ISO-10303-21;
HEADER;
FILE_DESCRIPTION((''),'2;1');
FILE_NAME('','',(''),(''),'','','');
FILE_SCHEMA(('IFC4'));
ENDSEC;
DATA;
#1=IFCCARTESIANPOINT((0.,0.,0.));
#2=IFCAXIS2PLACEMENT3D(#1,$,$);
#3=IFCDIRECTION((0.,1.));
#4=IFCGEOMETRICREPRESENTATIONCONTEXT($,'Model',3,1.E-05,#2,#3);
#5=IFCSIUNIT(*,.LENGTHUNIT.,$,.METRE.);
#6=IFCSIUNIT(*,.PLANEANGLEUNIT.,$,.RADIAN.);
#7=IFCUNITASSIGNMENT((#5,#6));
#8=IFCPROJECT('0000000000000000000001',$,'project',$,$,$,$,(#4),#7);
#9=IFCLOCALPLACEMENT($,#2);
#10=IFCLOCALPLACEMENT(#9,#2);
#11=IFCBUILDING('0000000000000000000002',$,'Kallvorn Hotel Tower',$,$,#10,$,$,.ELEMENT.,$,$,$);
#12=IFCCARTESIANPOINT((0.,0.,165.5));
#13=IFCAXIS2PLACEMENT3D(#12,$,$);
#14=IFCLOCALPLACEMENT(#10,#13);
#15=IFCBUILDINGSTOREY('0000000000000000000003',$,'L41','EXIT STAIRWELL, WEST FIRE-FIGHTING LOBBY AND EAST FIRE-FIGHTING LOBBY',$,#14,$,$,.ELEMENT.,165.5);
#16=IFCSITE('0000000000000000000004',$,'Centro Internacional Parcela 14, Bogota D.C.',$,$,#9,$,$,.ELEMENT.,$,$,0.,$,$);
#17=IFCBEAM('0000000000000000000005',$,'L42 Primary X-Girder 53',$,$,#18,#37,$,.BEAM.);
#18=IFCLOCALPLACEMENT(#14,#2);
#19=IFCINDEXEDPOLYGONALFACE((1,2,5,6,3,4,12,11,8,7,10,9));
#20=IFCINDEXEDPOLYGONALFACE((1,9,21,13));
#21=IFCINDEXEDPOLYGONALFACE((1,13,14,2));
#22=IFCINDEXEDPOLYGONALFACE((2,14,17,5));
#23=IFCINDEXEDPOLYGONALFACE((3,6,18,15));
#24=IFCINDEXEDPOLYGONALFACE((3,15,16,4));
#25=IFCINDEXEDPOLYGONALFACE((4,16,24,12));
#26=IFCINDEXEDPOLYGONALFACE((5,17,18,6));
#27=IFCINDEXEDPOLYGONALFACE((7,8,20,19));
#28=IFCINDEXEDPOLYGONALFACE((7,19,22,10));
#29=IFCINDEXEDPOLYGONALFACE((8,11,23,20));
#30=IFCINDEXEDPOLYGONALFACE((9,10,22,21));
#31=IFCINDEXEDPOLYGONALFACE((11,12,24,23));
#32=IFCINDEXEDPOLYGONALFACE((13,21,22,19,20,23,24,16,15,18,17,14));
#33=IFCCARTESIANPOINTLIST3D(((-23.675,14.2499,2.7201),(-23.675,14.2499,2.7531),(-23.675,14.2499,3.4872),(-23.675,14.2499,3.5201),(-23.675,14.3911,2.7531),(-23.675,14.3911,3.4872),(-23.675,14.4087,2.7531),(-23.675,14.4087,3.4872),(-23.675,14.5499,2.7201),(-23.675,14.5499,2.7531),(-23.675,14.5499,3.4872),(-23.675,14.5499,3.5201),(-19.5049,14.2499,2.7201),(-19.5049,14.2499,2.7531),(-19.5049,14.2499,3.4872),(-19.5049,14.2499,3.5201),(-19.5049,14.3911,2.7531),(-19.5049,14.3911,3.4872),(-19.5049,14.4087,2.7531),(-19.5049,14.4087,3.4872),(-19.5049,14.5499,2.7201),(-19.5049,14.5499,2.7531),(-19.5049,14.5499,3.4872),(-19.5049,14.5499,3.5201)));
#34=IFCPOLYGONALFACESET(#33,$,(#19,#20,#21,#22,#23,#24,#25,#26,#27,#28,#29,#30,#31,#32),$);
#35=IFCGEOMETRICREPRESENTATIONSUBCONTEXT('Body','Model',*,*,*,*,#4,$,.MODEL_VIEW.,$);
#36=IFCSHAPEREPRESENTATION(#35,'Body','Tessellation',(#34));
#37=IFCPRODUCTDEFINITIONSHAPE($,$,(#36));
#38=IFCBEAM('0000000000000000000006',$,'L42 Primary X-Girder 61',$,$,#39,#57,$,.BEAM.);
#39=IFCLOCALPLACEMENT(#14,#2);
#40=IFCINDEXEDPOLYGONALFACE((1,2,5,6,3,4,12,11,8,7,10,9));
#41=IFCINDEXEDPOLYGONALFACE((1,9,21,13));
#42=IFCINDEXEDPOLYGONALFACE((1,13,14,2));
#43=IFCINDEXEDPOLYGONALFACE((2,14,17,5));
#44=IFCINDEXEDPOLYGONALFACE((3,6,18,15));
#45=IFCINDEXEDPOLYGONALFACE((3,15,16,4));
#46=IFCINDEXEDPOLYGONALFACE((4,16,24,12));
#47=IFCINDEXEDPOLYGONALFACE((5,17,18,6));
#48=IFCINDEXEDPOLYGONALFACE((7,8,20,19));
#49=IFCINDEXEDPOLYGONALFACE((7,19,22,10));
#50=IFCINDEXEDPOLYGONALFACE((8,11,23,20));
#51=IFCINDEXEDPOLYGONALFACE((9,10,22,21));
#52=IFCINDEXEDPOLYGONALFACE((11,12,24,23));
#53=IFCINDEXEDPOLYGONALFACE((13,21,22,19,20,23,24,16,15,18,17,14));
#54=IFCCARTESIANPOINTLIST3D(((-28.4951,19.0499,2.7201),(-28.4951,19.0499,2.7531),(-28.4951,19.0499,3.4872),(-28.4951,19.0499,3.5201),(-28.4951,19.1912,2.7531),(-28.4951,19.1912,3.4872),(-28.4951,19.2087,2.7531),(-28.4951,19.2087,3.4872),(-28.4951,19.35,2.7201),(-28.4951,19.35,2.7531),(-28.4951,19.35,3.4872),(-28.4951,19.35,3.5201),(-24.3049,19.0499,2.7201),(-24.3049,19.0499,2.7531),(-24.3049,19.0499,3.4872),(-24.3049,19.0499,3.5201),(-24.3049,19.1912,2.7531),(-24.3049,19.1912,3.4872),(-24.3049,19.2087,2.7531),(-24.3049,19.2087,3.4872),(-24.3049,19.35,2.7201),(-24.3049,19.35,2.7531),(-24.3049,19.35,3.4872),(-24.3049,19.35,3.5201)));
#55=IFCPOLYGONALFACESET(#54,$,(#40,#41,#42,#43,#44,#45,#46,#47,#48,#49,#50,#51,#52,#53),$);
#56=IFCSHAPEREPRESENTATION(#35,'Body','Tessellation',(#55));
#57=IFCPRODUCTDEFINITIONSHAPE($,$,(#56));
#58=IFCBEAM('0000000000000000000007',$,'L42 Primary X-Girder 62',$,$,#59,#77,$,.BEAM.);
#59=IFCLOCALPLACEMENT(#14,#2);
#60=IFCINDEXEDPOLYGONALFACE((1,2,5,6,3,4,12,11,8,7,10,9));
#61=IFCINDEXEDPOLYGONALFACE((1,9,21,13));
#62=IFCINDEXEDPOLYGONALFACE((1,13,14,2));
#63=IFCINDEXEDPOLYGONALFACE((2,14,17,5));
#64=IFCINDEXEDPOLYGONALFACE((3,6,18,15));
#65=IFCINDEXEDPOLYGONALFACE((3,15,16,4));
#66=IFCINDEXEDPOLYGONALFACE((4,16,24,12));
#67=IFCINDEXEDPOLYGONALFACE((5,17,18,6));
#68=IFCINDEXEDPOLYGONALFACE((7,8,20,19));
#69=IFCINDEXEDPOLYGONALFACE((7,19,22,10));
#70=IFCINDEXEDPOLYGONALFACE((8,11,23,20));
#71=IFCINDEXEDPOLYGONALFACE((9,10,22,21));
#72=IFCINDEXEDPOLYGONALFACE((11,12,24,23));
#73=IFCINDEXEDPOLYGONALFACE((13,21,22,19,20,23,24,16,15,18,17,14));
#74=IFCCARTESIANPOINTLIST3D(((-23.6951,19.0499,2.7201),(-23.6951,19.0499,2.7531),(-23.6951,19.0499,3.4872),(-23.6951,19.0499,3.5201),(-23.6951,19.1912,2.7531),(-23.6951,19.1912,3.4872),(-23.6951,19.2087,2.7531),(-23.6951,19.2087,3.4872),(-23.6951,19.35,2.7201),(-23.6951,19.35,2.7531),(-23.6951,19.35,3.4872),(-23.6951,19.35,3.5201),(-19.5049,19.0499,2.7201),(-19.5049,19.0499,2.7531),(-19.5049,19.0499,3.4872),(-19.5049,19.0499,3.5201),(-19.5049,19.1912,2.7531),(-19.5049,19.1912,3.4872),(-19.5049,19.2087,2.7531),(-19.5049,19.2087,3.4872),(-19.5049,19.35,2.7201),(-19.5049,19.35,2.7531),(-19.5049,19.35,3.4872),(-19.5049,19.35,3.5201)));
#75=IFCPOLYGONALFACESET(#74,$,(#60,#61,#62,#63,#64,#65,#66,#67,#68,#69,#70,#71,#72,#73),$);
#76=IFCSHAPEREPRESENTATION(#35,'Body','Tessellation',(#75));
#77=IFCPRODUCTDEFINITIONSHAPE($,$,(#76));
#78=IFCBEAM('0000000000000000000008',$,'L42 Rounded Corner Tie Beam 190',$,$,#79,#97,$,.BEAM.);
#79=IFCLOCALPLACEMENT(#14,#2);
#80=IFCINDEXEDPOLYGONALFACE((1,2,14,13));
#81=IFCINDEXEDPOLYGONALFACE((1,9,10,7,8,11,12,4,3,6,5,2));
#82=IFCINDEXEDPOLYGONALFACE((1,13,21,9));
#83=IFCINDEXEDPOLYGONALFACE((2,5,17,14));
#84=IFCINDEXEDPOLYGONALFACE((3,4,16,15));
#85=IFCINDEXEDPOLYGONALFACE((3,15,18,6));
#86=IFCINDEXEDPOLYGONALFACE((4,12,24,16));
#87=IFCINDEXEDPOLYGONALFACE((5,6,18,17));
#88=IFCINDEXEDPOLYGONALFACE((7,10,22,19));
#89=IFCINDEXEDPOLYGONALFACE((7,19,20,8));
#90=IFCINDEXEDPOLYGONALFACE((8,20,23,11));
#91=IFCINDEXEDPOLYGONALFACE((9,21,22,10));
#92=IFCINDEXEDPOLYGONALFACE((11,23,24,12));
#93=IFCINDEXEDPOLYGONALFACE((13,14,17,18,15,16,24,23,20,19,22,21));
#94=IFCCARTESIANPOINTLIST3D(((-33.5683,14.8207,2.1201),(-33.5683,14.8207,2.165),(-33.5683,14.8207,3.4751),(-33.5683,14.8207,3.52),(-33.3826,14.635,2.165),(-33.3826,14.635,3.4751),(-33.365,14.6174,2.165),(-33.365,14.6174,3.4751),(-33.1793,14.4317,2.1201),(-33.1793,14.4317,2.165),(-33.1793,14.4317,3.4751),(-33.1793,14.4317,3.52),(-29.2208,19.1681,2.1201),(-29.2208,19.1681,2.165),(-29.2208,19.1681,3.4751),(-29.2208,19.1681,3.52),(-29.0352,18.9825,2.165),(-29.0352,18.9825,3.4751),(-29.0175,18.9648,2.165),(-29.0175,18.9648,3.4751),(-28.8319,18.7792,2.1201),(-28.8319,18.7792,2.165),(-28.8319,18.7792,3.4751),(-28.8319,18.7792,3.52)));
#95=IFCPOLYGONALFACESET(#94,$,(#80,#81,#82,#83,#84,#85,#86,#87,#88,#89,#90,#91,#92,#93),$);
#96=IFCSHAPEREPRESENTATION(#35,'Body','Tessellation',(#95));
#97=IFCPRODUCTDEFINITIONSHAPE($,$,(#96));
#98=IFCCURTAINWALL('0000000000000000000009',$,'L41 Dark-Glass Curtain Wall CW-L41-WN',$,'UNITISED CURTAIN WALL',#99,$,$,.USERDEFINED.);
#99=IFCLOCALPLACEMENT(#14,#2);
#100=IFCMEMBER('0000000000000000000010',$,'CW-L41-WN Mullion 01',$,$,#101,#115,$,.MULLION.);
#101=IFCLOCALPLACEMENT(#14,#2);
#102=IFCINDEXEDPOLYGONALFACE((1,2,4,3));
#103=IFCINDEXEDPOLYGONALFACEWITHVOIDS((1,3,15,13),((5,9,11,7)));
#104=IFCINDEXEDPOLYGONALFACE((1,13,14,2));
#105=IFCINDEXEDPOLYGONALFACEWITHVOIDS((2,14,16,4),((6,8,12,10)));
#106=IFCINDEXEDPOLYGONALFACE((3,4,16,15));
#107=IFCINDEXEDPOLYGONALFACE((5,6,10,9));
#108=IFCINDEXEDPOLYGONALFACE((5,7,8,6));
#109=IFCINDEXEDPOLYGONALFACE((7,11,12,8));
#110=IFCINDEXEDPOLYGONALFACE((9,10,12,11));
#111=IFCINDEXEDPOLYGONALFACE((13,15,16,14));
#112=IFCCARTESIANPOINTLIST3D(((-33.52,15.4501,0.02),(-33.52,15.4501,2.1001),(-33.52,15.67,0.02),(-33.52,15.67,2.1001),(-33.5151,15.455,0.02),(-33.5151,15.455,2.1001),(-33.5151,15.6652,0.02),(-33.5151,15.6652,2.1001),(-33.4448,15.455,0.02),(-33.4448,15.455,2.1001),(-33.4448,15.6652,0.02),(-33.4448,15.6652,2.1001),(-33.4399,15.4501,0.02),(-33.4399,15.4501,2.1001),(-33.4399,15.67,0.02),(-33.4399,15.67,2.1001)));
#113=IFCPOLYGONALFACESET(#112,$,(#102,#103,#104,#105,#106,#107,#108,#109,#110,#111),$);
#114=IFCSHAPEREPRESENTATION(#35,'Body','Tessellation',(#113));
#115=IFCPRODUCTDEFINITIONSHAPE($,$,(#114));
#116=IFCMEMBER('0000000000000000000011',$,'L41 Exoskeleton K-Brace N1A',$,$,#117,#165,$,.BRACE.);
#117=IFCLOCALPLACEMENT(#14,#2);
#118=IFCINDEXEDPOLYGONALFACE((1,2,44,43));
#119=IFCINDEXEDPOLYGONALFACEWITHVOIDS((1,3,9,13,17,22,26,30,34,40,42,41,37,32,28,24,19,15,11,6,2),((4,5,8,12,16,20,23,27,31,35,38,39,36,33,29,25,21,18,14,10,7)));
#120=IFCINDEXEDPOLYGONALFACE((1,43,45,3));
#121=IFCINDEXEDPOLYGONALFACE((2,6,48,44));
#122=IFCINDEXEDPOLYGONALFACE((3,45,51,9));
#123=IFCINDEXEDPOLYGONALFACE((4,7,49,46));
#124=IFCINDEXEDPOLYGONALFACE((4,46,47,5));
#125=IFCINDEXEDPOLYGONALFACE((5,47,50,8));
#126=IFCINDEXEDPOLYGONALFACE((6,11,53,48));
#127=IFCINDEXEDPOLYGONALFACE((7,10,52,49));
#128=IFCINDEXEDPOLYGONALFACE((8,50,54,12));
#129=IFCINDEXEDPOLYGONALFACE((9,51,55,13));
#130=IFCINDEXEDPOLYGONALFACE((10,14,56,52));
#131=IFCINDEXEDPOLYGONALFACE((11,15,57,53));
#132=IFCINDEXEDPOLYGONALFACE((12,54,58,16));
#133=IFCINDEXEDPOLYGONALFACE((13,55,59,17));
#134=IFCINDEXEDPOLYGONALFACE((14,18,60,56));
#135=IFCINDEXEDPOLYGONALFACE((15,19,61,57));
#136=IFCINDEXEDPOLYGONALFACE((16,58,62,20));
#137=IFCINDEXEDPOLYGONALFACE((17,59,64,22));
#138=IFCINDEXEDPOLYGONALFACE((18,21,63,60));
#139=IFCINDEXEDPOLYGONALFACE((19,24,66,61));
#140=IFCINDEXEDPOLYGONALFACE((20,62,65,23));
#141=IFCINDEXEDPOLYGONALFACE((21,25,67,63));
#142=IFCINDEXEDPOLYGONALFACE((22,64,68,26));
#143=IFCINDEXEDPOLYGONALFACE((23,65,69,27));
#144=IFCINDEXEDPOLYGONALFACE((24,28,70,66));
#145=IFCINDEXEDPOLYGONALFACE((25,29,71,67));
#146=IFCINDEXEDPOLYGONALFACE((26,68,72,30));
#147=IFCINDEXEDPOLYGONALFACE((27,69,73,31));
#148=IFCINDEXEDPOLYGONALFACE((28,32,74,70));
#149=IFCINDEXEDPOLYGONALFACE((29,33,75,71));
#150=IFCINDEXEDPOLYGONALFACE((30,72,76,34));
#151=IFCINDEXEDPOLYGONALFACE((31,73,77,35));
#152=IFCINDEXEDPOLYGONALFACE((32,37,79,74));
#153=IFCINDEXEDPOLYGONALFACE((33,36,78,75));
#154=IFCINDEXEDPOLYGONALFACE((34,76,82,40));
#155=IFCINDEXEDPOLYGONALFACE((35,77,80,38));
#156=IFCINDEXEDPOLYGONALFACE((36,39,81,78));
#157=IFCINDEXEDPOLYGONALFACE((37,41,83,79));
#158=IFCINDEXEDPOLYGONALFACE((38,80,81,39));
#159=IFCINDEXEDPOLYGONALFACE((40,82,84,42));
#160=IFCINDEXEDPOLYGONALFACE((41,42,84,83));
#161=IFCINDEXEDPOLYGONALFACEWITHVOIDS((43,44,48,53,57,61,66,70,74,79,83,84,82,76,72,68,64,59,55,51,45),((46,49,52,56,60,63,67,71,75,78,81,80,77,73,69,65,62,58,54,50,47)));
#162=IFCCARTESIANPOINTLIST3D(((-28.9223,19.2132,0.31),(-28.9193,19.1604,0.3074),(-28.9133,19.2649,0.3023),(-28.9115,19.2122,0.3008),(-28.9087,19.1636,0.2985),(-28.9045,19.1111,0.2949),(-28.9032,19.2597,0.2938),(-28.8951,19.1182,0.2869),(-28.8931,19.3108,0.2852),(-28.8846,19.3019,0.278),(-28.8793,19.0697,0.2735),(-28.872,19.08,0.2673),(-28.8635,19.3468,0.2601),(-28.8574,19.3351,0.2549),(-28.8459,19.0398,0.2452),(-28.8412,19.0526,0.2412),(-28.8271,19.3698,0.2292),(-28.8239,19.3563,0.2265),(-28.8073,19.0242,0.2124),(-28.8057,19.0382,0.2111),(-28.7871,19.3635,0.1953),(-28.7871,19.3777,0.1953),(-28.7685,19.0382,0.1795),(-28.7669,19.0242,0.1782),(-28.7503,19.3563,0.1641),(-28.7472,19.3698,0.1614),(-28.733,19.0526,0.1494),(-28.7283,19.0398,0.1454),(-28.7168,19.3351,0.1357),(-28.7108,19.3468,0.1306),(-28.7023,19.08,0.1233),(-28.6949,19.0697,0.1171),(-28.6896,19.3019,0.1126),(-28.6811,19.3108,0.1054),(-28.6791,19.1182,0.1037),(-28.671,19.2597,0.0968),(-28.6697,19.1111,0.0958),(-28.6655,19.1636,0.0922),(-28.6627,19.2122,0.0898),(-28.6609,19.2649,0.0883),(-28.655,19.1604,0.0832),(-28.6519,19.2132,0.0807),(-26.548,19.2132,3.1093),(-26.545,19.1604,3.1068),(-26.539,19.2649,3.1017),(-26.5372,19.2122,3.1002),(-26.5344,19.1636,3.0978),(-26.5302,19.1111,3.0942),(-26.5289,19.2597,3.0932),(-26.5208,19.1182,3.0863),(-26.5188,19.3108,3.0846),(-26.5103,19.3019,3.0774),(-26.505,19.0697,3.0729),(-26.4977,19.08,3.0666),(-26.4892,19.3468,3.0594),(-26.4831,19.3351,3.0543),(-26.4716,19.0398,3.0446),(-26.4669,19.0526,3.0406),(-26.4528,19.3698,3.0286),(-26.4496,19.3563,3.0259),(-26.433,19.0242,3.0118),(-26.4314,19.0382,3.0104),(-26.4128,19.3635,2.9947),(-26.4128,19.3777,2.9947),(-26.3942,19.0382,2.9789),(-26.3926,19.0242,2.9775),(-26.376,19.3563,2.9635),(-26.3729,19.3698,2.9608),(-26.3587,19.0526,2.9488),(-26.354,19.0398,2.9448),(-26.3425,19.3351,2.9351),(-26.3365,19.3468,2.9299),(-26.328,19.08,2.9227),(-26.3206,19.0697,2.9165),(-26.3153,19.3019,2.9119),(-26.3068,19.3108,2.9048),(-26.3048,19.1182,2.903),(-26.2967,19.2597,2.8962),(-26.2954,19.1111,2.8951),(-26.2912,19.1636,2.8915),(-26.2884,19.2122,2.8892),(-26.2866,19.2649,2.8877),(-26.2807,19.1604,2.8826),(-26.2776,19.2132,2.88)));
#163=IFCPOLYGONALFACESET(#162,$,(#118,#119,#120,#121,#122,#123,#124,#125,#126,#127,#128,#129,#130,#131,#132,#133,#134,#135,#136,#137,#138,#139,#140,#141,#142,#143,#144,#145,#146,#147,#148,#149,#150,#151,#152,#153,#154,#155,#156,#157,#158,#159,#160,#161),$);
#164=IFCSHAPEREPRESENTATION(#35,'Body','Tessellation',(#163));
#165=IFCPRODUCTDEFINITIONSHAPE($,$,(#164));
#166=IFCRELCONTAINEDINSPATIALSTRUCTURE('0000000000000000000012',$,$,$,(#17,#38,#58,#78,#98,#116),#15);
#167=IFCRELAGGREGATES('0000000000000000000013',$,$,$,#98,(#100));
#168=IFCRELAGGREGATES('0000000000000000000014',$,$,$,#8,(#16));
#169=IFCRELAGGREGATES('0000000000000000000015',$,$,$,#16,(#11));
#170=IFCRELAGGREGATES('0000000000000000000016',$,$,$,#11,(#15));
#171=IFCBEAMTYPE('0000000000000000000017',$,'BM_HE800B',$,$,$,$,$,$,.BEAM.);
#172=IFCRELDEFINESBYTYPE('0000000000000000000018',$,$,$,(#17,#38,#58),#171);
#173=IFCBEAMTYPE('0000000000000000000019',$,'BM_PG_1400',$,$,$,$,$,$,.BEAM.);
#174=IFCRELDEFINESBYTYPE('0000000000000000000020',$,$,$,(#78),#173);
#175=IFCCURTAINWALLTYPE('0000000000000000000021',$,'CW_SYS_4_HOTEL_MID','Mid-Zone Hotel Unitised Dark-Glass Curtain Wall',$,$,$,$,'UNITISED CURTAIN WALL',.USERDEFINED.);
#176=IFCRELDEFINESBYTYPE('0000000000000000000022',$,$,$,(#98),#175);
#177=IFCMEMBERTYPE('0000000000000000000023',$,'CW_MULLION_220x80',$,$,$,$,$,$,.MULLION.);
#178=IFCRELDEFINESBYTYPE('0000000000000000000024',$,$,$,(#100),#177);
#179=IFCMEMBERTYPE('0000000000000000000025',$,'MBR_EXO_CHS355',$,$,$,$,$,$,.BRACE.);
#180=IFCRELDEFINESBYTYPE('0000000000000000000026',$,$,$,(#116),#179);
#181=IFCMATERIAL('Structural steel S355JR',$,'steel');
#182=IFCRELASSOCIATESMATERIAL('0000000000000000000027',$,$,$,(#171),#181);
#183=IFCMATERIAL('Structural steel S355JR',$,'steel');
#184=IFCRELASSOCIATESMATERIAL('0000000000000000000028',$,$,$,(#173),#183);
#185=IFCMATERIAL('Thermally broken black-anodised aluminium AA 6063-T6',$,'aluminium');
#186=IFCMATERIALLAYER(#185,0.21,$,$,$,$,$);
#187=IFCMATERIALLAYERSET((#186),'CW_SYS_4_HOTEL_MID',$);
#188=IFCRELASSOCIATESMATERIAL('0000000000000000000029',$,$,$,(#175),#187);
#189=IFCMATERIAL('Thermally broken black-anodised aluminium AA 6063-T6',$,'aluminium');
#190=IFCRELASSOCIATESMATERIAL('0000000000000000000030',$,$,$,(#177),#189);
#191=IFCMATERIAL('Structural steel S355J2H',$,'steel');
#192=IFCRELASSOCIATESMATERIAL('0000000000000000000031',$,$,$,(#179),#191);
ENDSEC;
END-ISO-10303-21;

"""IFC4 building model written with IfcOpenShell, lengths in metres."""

from ifc_helpers import new_model, si_unit, direction, frame, origin, origin_2d, place, context, subcontext, project, spatial, hollow_rectangle, hollow_circle, i_section, extrude, material, layer, layer_set, material_profile, profile_set, type_object, element, aggregate, save


model = new_model("IFC4")

# Units and contexts
model_context = context("Model", 3, precision=1e-05, world=origin(), true_north=direction((0.0, 1.0)))
body_context = subcontext(model_context, "Body", "Model", "MODEL_VIEW")
ifc_project = project(units=[si_unit("LENGTHUNIT", "METRE"), si_unit("PLANEANGLEUNIT", "RADIAN")], contexts=[model_context])

# Site, building, storey
site_placement = place(None, origin())
site = spatial("IfcSite", under=ifc_project, at=site_placement, Name="Centro Internacional Parcela 14, Bogota D.C.", CompositionType="ELEMENT", RefElevation=0.0)
building_placement = place(site_placement, origin())
building = spatial("IfcBuilding", under=site, at=building_placement, Name="Kallvorn Hotel Tower", CompositionType="ELEMENT")
storey_placement = place(building_placement, frame((0.0, 0.0, 165.5)))
storey = spatial("IfcBuildingStorey", under=building, at=storey_placement, Name="L41", Description="EXIT STAIRWELL, WEST FIRE-FIGHTING LOBBY AND EAST FIRE-FIGHTING LOBBY", CompositionType="ELEMENT", Elevation=165.5)

# Beams
ifc_material_1 = material(Name="Structural steel S355JR", Category="steel")
ifc_material_profile_1 = material_profile(ifc_material_1, i_section(OverallWidth=0.3, OverallDepth=0.8, WebThickness=0.0176, FlangeThickness=0.033, at=origin_2d()), Name="HE 800 B")
ifc_profile_set_1 = profile_set([ifc_material_profile_1], Name="Structural steel S355JR")
beam_type_1 = type_object("IfcBeamType", Name="BM_HE800B", PredefinedType="BEAM", material=ifc_profile_set_1)
for number, where, z_axis, x_axis, name in (
    (1, (-23.675, 14.3999, 3.1201), (1.0, 0.0, 0.0), (0.0, 1.0, 0.0), "L42 Primary X-Girder 53"),
):
    element("IfcBeam", number, at=place(storey_placement, frame(where, z_axis=z_axis, x_axis=x_axis)), inside=storey, type_object=beam_type_1, Name=name, PredefinedType="BEAM", context=body_context, shape_type="SweptSolid", body=[
        extrude(i_section(OverallWidth=0.3, OverallDepth=0.8, WebThickness=0.0176, FlangeThickness=0.033, at=origin_2d()), origin(), (0.0, 0.0, 1.0), 4.1702),
    ])
for number, where, z_axis, x_axis, name in (
    (2, (-28.4951, 19.2, 3.1201), (1.0, 0.0, 0.0), (0.0, 1.0, 0.0), "L42 Primary X-Girder 61"),
    (3, (-23.6951, 19.2, 3.1201), (1.0, 0.0, 0.0), (0.0, 1.0, 0.0), "L42 Primary X-Girder 62"),
):
    element("IfcBeam", number, at=place(storey_placement, frame(where, z_axis=z_axis, x_axis=x_axis)), inside=storey, type_object=beam_type_1, Name=name, PredefinedType="BEAM", context=body_context, shape_type="SweptSolid", body=[
        extrude(i_section(OverallWidth=0.3, OverallDepth=0.8, WebThickness=0.0176, FlangeThickness=0.033, at=origin_2d()), origin(), (0.0, 0.0, 1.0), 4.1902),
    ])
ifc_material_2 = material(Name="Structural steel S355JR", Category="steel")
ifc_material_profile_2 = material_profile(ifc_material_2, i_section(OverallWidth=0.55, OverallDepth=1.3999, WebThickness=0.0249, FlangeThickness=0.0449, at=origin_2d()), Name="PG 1400x550x25x45")
ifc_profile_set_2 = profile_set([ifc_material_profile_2], Name="Structural steel S355JR")
beam_type_2 = type_object("IfcBeamType", Name="BM_PG_1400", PredefinedType="BEAM", material=ifc_profile_set_2)
beam_1_placement = place(storey_placement, frame((-33.3738, 14.6262, 2.8201), z_axis=(0.707107, 0.707107, 0.0), x_axis=(-0.707107, 0.707107, 0.0)))
element("IfcBeam", 4, at=beam_1_placement, inside=storey, type_object=beam_type_2, Name="L42 Rounded Corner Tie Beam 190", PredefinedType="BEAM", context=body_context, shape_type="SweptSolid", body=[
    extrude(i_section(OverallWidth=0.55, OverallDepth=1.3999, WebThickness=0.0249, FlangeThickness=0.0449, at=origin_2d()), origin(), (0.0, 0.0, 1.0), 6.1482),
])

# Curtain wall, member
ifc_material_3 = material(Name="Thermally broken black-anodised aluminium AA 6063-T6", Category="aluminium")
ifc_layer_1 = layer(ifc_material_3, 0.21)
ifc_layer_set_1 = layer_set([ifc_layer_1], Name="CW_SYS_4_HOTEL_MID")
curtain_wall_type = type_object("IfcCurtainWallType", Name="CW_SYS_4_HOTEL_MID", Description="Mid-Zone Hotel Unitised Dark-Glass Curtain Wall", ElementType="UNITISED CURTAIN WALL", PredefinedType="USERDEFINED", material=ifc_layer_set_1)
curtain_wall_placement = place(storey_placement, origin())
curtain_wall = element("IfcCurtainWall", 5, at=curtain_wall_placement, inside=storey, type_object=curtain_wall_type, Name="L41 Dark-Glass Curtain Wall CW-L41-WN", ObjectType="UNITISED CURTAIN WALL", PredefinedType="USERDEFINED")
ifc_material_4 = material(Name="Thermally broken black-anodised aluminium AA 6063-T6", Category="aluminium")
ifc_material_profile_3 = material_profile(ifc_material_4, hollow_rectangle(XDim=0.0801, YDim=0.22, WallThickness=0.0049, at=origin_2d()), Name="MUL 220x80")
ifc_profile_set_3 = profile_set([ifc_material_profile_3], Name="Thermally broken black-anodised aluminium AA 6063-T6")
member_type_1 = type_object("IfcMemberType", Name="CW_MULLION_220x80", PredefinedType="MULLION", material=ifc_profile_set_3)
member_placement = place(storey_placement, frame((-33.48, 15.5601, 0.02), z_axis=(0.0, 0.0, 1.0), x_axis=(1.0, 0.0, 0.0)))
member = element("IfcMember", 6, at=member_placement, type_object=member_type_1, Name="CW-L41-WN Mullion 01", PredefinedType="MULLION", context=body_context, shape_type="SweptSolid", body=[
    extrude(hollow_rectangle(XDim=0.0801, YDim=0.22, WallThickness=0.0049, at=origin_2d()), origin(), (0.0, 0.0, 1.0), 2.0801),
])
aggregate(curtain_wall, [member])

# Member
ifc_material_5 = material(Name="Structural steel S355J2H", Category="steel")
ifc_material_profile_4 = material_profile(ifc_material_5, hollow_circle(Radius=0.1777, WallThickness=0.0142, at=origin_2d()), Name="CHS 355.6x14.2")
ifc_profile_set_4 = profile_set([ifc_material_profile_4], Name="Structural steel S355J2H")
member_type_2 = type_object("IfcMemberType", Name="MBR_EXO_CHS355", PredefinedType="BRACE", material=ifc_profile_set_4)
for number, where, z_axis, x_axis, name in (
    (7, (-28.7871, 19.2, 0.1953), (0.646833, 0.0, 0.762631), (0.0, 1.0, 0.0), "L41 Exoskeleton K-Brace N1A"),
):
    element("IfcMember", number, at=place(storey_placement, frame(where, z_axis=z_axis, x_axis=x_axis)), inside=storey, type_object=member_type_2, Name=name, PredefinedType="BRACE", context=body_context, shape_type="SweptSolid", body=[
        extrude(hollow_circle(Radius=0.1777, WallThickness=0.0142, at=origin_2d()), origin(), (0.0, 0.0, 1.0), 3.6707),
    ])

save(model, "model.ifc")
